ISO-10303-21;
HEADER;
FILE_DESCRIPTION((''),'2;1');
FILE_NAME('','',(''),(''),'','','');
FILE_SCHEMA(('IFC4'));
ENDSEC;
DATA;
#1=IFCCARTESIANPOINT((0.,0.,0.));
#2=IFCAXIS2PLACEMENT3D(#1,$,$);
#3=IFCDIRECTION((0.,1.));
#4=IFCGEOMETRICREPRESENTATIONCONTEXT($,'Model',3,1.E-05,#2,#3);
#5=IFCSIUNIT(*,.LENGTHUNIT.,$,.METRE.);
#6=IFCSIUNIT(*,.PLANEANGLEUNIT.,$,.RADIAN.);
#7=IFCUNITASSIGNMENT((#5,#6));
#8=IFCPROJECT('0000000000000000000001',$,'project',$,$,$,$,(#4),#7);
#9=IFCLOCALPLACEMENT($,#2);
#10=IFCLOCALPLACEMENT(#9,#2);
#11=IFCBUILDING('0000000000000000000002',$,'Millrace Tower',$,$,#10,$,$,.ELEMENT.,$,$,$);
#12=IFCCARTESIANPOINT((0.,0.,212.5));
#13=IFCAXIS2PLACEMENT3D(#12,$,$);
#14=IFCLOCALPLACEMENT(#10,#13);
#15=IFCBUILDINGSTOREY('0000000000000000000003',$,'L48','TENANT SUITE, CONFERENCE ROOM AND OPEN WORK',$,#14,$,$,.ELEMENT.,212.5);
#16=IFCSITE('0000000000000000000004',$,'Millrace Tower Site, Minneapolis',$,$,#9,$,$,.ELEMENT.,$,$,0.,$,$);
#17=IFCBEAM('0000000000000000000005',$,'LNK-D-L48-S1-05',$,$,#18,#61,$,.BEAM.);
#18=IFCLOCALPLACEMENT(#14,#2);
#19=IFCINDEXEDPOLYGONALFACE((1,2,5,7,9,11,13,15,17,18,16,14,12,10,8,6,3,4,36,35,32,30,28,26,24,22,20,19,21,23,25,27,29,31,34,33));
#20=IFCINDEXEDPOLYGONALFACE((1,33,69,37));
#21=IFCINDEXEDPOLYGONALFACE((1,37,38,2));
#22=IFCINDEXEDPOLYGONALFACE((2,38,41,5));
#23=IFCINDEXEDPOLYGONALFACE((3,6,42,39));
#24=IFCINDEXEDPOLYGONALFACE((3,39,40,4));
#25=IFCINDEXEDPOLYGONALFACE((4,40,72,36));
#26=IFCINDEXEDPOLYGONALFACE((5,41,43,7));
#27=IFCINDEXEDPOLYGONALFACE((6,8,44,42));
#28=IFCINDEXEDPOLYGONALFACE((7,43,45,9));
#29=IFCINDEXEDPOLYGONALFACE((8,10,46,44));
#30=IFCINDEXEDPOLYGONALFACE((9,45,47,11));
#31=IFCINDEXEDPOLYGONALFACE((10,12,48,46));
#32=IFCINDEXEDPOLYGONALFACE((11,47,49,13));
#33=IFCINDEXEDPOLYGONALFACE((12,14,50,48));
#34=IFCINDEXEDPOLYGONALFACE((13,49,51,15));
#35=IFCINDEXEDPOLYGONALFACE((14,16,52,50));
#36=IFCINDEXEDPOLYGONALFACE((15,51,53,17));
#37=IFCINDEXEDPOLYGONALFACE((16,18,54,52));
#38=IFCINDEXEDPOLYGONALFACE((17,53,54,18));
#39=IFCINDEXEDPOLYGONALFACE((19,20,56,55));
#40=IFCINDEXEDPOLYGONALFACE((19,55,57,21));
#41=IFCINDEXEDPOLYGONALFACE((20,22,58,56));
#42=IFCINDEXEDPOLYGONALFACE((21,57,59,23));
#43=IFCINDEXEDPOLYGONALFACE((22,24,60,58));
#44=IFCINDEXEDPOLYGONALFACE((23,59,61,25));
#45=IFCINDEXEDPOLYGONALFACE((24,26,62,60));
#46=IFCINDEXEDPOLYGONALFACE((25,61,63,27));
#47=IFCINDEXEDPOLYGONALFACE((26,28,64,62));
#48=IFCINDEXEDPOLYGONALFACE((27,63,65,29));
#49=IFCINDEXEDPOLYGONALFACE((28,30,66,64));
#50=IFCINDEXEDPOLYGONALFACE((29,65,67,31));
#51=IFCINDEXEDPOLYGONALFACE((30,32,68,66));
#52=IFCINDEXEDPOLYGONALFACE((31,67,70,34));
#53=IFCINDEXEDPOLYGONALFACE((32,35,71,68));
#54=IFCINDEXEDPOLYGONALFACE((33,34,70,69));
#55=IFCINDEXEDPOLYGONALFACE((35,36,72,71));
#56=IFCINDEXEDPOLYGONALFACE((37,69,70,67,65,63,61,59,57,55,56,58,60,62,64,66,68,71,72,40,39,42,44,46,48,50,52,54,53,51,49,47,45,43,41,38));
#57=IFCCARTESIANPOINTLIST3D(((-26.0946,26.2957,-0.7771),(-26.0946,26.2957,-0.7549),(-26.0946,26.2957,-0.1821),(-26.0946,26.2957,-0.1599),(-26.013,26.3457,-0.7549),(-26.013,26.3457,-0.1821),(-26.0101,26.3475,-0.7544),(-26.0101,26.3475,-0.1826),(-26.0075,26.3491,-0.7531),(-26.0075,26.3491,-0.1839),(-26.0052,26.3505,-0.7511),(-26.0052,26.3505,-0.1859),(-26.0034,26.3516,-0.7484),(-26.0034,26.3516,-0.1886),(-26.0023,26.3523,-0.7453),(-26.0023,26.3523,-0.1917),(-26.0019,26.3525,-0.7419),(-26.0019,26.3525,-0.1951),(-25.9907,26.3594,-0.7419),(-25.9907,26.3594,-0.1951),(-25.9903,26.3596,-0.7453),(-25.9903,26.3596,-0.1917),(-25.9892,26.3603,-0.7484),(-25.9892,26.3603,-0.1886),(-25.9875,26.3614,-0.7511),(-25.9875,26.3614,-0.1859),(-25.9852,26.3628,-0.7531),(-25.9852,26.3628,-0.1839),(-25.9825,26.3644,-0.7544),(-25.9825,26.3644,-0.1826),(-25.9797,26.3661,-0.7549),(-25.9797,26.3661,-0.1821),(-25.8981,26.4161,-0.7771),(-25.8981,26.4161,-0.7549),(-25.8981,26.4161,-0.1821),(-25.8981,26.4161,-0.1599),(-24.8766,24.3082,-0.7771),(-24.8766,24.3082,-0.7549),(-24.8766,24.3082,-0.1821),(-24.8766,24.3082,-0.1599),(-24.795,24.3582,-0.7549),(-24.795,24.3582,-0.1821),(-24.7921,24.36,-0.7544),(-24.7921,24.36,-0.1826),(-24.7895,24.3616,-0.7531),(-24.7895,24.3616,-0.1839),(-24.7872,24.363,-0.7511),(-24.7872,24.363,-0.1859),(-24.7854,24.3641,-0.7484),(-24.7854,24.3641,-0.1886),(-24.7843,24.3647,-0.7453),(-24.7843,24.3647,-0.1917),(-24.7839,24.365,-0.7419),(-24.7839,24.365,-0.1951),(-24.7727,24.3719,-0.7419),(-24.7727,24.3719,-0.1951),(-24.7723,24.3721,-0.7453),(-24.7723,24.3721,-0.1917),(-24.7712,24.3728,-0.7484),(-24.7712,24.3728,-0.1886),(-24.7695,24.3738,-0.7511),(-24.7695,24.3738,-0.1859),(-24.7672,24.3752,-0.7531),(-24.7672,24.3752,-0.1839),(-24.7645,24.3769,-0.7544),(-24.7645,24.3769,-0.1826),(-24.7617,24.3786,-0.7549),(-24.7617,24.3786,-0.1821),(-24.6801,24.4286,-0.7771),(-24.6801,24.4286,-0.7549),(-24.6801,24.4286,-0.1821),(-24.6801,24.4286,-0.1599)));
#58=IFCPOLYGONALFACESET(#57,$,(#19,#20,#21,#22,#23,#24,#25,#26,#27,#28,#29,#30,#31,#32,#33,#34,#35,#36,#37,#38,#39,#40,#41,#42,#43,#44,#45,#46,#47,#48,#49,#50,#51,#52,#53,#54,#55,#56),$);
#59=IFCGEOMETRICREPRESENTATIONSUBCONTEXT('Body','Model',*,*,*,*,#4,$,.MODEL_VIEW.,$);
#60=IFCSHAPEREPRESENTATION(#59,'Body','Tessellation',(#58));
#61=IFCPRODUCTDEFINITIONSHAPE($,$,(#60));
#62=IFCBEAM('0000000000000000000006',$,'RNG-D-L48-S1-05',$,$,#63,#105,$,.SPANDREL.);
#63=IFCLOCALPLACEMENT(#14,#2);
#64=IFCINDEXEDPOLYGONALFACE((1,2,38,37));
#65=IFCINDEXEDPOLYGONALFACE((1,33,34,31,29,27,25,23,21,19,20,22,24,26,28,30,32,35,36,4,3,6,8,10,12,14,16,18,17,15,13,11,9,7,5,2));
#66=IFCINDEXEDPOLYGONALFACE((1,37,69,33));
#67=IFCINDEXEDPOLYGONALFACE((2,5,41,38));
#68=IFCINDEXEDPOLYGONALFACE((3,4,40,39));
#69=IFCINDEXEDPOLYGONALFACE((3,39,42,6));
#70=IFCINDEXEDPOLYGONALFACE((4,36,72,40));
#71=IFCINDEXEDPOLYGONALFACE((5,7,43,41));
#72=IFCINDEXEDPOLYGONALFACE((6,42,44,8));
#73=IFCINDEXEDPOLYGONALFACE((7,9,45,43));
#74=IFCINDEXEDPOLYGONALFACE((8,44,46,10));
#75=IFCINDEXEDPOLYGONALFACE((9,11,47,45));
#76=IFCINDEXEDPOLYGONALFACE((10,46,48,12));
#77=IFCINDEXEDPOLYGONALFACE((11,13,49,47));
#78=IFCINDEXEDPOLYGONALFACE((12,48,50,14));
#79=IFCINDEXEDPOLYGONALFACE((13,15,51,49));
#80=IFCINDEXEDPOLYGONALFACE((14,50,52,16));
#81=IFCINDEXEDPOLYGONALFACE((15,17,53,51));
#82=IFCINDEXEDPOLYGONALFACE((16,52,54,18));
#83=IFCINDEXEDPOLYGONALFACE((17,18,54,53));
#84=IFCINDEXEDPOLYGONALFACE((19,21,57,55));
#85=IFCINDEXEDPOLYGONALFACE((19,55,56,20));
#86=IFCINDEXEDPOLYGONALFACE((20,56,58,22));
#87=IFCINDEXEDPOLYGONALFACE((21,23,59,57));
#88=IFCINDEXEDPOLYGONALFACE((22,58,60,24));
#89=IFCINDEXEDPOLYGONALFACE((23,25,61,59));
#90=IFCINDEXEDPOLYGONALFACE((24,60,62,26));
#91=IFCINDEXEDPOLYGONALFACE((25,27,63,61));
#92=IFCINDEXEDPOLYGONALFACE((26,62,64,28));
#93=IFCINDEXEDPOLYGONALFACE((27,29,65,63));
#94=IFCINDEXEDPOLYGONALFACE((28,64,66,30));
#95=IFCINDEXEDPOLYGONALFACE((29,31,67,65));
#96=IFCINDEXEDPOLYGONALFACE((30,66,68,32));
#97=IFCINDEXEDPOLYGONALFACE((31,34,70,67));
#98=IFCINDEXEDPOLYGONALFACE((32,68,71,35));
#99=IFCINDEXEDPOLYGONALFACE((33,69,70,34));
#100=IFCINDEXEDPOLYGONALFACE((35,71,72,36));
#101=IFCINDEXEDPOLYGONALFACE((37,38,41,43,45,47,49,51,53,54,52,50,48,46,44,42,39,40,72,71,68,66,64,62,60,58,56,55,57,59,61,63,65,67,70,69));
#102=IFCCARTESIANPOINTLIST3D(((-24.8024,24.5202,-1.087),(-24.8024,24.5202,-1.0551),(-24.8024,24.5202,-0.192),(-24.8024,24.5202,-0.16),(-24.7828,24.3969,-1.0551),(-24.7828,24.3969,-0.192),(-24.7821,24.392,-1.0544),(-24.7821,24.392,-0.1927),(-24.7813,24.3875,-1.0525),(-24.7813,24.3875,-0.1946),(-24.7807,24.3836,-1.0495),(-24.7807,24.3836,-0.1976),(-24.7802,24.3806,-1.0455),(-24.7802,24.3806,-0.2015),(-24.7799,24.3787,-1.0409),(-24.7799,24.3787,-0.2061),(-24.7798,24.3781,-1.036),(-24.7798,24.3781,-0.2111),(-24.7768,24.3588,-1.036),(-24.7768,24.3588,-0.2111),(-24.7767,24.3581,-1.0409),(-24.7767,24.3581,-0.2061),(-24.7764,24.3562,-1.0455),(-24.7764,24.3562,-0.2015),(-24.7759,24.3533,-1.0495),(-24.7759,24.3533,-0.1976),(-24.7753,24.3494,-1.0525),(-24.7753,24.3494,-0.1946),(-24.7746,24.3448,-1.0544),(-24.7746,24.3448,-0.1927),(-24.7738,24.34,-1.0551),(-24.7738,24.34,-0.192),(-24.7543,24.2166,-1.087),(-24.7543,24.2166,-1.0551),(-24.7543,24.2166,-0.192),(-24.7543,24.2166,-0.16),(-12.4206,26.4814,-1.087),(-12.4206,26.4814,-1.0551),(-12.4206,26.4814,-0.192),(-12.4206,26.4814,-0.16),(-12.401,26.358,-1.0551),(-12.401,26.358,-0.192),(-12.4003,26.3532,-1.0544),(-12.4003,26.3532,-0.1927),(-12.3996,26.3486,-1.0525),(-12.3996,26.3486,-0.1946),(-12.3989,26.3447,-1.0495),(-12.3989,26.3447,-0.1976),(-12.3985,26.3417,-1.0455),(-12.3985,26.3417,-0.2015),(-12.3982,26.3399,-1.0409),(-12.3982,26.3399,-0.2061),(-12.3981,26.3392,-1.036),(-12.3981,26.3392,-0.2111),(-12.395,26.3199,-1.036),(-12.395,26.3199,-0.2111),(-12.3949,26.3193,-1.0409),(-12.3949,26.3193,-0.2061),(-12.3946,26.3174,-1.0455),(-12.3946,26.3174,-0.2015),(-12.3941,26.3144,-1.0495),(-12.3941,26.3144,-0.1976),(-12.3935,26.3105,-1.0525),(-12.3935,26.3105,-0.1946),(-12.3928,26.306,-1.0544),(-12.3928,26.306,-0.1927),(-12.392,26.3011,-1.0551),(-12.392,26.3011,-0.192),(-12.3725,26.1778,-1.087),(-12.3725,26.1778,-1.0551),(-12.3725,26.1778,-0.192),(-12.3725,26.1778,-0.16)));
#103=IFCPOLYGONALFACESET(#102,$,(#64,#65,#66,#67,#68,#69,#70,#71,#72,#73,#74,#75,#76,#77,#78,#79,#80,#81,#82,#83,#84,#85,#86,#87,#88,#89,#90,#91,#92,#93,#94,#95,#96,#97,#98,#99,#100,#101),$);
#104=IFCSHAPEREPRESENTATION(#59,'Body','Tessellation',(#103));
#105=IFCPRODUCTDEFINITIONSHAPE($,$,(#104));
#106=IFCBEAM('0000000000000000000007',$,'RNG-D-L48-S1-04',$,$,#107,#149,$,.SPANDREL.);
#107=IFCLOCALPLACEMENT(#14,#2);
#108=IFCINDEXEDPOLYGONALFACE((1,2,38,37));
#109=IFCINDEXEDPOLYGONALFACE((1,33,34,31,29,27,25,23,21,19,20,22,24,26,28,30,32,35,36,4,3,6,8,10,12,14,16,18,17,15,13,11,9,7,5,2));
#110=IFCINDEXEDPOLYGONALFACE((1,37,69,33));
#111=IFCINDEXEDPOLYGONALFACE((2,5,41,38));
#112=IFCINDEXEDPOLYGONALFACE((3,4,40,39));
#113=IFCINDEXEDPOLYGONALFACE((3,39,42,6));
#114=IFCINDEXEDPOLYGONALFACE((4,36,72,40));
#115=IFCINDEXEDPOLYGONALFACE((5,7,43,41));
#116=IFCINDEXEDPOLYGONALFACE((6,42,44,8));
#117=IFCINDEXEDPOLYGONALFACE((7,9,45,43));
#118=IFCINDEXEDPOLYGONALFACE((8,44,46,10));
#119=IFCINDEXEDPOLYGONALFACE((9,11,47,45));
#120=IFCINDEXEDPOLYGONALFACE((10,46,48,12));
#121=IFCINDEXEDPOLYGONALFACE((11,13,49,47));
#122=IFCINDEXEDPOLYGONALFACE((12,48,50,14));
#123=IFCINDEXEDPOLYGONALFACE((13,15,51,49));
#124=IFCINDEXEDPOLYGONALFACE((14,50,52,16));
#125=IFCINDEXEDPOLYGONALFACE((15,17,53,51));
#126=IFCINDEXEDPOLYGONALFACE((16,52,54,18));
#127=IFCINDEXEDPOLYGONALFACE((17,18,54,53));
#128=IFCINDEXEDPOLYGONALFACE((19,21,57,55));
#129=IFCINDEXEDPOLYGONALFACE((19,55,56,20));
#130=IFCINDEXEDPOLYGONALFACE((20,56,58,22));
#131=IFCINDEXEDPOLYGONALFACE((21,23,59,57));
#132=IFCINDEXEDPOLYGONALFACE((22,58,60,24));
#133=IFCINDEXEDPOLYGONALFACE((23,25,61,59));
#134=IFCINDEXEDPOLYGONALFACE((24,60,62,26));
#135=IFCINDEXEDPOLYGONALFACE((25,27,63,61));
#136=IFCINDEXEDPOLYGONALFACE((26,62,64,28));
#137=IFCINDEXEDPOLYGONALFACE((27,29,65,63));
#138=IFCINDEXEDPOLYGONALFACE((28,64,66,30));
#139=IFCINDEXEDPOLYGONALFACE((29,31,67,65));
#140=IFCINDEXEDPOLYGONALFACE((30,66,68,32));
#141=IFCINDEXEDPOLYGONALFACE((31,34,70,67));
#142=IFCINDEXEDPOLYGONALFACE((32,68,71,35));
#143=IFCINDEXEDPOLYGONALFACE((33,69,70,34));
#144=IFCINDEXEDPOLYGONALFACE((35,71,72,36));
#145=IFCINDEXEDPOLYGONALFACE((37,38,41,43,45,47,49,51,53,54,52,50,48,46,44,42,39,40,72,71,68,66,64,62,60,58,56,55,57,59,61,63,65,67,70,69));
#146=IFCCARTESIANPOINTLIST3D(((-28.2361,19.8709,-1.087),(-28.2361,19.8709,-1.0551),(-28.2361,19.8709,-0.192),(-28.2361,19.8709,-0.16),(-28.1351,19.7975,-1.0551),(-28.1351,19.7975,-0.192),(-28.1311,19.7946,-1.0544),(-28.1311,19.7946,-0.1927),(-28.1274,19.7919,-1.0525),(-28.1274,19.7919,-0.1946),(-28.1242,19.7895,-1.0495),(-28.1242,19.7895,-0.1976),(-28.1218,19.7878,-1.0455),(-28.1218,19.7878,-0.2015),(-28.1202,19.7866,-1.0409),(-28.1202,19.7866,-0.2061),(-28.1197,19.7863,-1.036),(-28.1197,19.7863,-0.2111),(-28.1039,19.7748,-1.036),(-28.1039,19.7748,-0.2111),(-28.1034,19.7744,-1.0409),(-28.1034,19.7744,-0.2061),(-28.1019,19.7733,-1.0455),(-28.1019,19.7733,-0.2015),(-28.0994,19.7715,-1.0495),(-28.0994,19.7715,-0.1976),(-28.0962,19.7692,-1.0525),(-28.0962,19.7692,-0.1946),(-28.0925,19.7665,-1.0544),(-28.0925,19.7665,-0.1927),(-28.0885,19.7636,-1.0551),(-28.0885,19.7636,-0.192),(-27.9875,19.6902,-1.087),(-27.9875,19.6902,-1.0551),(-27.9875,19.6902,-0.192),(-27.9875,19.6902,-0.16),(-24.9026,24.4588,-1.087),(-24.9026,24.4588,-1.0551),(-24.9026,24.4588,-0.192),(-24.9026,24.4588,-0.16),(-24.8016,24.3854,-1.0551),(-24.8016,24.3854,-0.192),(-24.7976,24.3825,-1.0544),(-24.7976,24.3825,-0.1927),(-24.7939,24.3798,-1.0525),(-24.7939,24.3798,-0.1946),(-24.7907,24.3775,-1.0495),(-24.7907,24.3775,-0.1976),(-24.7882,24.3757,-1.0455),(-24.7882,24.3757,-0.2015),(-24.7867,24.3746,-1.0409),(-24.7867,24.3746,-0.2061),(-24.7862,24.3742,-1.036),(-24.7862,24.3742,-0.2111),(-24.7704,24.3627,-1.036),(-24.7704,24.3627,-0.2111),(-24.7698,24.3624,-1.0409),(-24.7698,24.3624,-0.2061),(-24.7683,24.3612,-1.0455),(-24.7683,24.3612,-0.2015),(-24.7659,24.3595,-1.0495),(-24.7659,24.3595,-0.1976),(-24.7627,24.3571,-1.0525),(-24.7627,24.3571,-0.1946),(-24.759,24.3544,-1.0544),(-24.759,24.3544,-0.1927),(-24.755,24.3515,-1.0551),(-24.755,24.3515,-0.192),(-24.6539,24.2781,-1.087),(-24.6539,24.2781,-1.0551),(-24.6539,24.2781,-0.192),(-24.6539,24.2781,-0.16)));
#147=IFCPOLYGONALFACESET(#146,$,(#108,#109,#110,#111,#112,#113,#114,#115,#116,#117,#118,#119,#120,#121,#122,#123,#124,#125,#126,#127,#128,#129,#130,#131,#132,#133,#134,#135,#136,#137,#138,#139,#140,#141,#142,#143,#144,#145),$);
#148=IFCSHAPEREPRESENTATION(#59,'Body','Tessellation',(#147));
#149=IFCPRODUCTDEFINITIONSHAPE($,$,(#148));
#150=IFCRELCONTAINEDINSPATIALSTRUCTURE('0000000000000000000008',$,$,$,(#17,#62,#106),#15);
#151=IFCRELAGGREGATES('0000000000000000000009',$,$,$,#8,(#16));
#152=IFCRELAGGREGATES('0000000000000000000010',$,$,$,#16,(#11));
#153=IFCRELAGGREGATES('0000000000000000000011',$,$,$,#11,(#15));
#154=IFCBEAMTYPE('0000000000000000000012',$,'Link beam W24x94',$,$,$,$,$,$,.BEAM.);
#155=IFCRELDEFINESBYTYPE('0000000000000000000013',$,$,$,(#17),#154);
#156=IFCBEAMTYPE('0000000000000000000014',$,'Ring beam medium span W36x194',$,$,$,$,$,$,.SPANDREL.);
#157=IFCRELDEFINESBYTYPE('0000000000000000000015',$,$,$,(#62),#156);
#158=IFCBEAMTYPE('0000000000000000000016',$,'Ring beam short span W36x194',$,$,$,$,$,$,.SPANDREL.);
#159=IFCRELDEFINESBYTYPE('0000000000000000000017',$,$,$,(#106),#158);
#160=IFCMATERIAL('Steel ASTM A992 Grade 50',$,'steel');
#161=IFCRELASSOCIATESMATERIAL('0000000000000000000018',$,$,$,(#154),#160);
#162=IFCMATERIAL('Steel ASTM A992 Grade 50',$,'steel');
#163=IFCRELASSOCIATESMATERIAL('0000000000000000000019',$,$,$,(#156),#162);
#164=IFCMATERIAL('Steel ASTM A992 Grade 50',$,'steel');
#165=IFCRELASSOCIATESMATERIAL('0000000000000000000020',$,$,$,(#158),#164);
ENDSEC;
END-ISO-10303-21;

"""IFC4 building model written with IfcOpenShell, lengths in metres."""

from ifc_helpers import new_model, si_unit, direction, frame, origin, origin_2d, place, context, subcontext, project, spatial, i_section, extrude, material, material_profile, profile_set, type_object, element, save


model = new_model("IFC4")

# Units and contexts
model_context = context("Model", 3, precision=1e-05, world=origin(), true_north=direction((0.0, 1.0)))
body_context = subcontext(model_context, "Body", "Model", "MODEL_VIEW")
ifc_project = project(units=[si_unit("LENGTHUNIT", "METRE"), si_unit("PLANEANGLEUNIT", "RADIAN")], contexts=[model_context])

# Site, building, storey
site_placement = place(None, origin())
site = spatial("IfcSite", under=ifc_project, at=site_placement, Name="Millrace Tower Site, Minneapolis", CompositionType="ELEMENT", RefElevation=0.0)
building_placement = place(site_placement, origin())
building = spatial("IfcBuilding", under=site, at=building_placement, Name="Millrace Tower", CompositionType="ELEMENT")
storey_placement = place(building_placement, frame((0.0, 0.0, 212.5)))
storey = spatial("IfcBuildingStorey", under=building, at=storey_placement, Name="L48", Description="TENANT SUITE, CONFERENCE ROOM AND OPEN WORK", CompositionType="ELEMENT", Elevation=212.5)

# Beams
ifc_material_1 = material(Name="Steel ASTM A992 Grade 50", Category="steel")
ifc_material_profile_1 = material_profile(ifc_material_1, i_section(OverallWidth=0.2305, OverallDepth=0.6172, WebThickness=0.0132, FlangeThickness=0.0222, FilletRadius=0.0129, at=origin_2d()))
ifc_profile_set_1 = profile_set([ifc_material_profile_1], Name="Steel ASTM A992 Grade 50")
beam_type_1 = type_object("IfcBeamType", Name="Link beam W24x94", PredefinedType="BEAM", material=ifc_profile_set_1)
for number, where, z_axis, x_axis, name in (
    (1, (-24.7783, 24.3684, -0.4685), (-0.522513, 0.852631, 0.0), (-0.852631, -0.522513, 0.0), "LNK-D-L48-S1-05"),
):
    element("IfcBeam", number, at=place(storey_placement, frame(where, z_axis=z_axis, x_axis=x_axis)), inside=storey, type_object=beam_type_1, Name=name, PredefinedType="BEAM", context=body_context, shape_type="SweptSolid", body=[
        extrude(i_section(OverallWidth=0.2305, OverallDepth=0.6172, WebThickness=0.0132, FlangeThickness=0.0222, FilletRadius=0.0129, at=origin_2d()), origin(), (0.0, 0.0, 1.0), 2.3311),
    ])
ifc_material_2 = material(Name="Steel ASTM A992 Grade 50", Category="steel")
ifc_material_profile_2 = material_profile(ifc_material_2, i_section(OverallWidth=0.3074, OverallDepth=0.927, WebThickness=0.0195, FlangeThickness=0.032, FilletRadius=0.019, at=origin_2d()))
ifc_profile_set_2 = profile_set([ifc_material_profile_2], Name="Steel ASTM A992 Grade 50")
beam_type_2 = type_object("IfcBeamType", Name="Ring beam medium span W36x194", PredefinedType="SPANDREL", material=ifc_profile_set_2)
beam_1_placement = place(storey_placement, frame((-24.7783, 24.3684, -0.6235), z_axis=(0.987687, 0.156442, 0.0), x_axis=(-0.156442, 0.987687, 0.0)))
element("IfcBeam", 2, at=beam_1_placement, inside=storey, type_object=beam_type_2, Name="RNG-D-L48-S1-05", PredefinedType="SPANDREL", context=body_context, shape_type="SweptSolid", body=[
    extrude(i_section(OverallWidth=0.3074, OverallDepth=0.927, WebThickness=0.0195, FlangeThickness=0.032, FilletRadius=0.019, at=origin_2d()), origin(), (0.0, 0.0, 1.0), 12.5361),
])
ifc_material_3 = material(Name="Steel ASTM A992 Grade 50", Category="steel")
ifc_material_profile_3 = material_profile(ifc_material_3, i_section(OverallWidth=0.3074, OverallDepth=0.927, WebThickness=0.0195, FlangeThickness=0.032, FilletRadius=0.019, at=origin_2d()))
ifc_profile_set_3 = profile_set([ifc_material_profile_3], Name="Steel ASTM A992 Grade 50")
beam_type_3 = type_object("IfcBeamType", Name="Ring beam short span W36x194", PredefinedType="SPANDREL", material=ifc_profile_set_3)
beam_2_placement = place(storey_placement, frame((-28.1118, 19.7805, -0.6235), z_axis=(0.587808, 0.809, 0.0), x_axis=(-0.809, 0.587808, 0.0)))
element("IfcBeam", 3, at=beam_2_placement, inside=storey, type_object=beam_type_3, Name="RNG-D-L48-S1-04", PredefinedType="SPANDREL", context=body_context, shape_type="SweptSolid", body=[
    extrude(i_section(OverallWidth=0.3074, OverallDepth=0.927, WebThickness=0.0195, FlangeThickness=0.032, FilletRadius=0.019, at=origin_2d()), origin(), (0.0, 0.0, 1.0), 5.6711),
])

save(model, "model.ifc")
